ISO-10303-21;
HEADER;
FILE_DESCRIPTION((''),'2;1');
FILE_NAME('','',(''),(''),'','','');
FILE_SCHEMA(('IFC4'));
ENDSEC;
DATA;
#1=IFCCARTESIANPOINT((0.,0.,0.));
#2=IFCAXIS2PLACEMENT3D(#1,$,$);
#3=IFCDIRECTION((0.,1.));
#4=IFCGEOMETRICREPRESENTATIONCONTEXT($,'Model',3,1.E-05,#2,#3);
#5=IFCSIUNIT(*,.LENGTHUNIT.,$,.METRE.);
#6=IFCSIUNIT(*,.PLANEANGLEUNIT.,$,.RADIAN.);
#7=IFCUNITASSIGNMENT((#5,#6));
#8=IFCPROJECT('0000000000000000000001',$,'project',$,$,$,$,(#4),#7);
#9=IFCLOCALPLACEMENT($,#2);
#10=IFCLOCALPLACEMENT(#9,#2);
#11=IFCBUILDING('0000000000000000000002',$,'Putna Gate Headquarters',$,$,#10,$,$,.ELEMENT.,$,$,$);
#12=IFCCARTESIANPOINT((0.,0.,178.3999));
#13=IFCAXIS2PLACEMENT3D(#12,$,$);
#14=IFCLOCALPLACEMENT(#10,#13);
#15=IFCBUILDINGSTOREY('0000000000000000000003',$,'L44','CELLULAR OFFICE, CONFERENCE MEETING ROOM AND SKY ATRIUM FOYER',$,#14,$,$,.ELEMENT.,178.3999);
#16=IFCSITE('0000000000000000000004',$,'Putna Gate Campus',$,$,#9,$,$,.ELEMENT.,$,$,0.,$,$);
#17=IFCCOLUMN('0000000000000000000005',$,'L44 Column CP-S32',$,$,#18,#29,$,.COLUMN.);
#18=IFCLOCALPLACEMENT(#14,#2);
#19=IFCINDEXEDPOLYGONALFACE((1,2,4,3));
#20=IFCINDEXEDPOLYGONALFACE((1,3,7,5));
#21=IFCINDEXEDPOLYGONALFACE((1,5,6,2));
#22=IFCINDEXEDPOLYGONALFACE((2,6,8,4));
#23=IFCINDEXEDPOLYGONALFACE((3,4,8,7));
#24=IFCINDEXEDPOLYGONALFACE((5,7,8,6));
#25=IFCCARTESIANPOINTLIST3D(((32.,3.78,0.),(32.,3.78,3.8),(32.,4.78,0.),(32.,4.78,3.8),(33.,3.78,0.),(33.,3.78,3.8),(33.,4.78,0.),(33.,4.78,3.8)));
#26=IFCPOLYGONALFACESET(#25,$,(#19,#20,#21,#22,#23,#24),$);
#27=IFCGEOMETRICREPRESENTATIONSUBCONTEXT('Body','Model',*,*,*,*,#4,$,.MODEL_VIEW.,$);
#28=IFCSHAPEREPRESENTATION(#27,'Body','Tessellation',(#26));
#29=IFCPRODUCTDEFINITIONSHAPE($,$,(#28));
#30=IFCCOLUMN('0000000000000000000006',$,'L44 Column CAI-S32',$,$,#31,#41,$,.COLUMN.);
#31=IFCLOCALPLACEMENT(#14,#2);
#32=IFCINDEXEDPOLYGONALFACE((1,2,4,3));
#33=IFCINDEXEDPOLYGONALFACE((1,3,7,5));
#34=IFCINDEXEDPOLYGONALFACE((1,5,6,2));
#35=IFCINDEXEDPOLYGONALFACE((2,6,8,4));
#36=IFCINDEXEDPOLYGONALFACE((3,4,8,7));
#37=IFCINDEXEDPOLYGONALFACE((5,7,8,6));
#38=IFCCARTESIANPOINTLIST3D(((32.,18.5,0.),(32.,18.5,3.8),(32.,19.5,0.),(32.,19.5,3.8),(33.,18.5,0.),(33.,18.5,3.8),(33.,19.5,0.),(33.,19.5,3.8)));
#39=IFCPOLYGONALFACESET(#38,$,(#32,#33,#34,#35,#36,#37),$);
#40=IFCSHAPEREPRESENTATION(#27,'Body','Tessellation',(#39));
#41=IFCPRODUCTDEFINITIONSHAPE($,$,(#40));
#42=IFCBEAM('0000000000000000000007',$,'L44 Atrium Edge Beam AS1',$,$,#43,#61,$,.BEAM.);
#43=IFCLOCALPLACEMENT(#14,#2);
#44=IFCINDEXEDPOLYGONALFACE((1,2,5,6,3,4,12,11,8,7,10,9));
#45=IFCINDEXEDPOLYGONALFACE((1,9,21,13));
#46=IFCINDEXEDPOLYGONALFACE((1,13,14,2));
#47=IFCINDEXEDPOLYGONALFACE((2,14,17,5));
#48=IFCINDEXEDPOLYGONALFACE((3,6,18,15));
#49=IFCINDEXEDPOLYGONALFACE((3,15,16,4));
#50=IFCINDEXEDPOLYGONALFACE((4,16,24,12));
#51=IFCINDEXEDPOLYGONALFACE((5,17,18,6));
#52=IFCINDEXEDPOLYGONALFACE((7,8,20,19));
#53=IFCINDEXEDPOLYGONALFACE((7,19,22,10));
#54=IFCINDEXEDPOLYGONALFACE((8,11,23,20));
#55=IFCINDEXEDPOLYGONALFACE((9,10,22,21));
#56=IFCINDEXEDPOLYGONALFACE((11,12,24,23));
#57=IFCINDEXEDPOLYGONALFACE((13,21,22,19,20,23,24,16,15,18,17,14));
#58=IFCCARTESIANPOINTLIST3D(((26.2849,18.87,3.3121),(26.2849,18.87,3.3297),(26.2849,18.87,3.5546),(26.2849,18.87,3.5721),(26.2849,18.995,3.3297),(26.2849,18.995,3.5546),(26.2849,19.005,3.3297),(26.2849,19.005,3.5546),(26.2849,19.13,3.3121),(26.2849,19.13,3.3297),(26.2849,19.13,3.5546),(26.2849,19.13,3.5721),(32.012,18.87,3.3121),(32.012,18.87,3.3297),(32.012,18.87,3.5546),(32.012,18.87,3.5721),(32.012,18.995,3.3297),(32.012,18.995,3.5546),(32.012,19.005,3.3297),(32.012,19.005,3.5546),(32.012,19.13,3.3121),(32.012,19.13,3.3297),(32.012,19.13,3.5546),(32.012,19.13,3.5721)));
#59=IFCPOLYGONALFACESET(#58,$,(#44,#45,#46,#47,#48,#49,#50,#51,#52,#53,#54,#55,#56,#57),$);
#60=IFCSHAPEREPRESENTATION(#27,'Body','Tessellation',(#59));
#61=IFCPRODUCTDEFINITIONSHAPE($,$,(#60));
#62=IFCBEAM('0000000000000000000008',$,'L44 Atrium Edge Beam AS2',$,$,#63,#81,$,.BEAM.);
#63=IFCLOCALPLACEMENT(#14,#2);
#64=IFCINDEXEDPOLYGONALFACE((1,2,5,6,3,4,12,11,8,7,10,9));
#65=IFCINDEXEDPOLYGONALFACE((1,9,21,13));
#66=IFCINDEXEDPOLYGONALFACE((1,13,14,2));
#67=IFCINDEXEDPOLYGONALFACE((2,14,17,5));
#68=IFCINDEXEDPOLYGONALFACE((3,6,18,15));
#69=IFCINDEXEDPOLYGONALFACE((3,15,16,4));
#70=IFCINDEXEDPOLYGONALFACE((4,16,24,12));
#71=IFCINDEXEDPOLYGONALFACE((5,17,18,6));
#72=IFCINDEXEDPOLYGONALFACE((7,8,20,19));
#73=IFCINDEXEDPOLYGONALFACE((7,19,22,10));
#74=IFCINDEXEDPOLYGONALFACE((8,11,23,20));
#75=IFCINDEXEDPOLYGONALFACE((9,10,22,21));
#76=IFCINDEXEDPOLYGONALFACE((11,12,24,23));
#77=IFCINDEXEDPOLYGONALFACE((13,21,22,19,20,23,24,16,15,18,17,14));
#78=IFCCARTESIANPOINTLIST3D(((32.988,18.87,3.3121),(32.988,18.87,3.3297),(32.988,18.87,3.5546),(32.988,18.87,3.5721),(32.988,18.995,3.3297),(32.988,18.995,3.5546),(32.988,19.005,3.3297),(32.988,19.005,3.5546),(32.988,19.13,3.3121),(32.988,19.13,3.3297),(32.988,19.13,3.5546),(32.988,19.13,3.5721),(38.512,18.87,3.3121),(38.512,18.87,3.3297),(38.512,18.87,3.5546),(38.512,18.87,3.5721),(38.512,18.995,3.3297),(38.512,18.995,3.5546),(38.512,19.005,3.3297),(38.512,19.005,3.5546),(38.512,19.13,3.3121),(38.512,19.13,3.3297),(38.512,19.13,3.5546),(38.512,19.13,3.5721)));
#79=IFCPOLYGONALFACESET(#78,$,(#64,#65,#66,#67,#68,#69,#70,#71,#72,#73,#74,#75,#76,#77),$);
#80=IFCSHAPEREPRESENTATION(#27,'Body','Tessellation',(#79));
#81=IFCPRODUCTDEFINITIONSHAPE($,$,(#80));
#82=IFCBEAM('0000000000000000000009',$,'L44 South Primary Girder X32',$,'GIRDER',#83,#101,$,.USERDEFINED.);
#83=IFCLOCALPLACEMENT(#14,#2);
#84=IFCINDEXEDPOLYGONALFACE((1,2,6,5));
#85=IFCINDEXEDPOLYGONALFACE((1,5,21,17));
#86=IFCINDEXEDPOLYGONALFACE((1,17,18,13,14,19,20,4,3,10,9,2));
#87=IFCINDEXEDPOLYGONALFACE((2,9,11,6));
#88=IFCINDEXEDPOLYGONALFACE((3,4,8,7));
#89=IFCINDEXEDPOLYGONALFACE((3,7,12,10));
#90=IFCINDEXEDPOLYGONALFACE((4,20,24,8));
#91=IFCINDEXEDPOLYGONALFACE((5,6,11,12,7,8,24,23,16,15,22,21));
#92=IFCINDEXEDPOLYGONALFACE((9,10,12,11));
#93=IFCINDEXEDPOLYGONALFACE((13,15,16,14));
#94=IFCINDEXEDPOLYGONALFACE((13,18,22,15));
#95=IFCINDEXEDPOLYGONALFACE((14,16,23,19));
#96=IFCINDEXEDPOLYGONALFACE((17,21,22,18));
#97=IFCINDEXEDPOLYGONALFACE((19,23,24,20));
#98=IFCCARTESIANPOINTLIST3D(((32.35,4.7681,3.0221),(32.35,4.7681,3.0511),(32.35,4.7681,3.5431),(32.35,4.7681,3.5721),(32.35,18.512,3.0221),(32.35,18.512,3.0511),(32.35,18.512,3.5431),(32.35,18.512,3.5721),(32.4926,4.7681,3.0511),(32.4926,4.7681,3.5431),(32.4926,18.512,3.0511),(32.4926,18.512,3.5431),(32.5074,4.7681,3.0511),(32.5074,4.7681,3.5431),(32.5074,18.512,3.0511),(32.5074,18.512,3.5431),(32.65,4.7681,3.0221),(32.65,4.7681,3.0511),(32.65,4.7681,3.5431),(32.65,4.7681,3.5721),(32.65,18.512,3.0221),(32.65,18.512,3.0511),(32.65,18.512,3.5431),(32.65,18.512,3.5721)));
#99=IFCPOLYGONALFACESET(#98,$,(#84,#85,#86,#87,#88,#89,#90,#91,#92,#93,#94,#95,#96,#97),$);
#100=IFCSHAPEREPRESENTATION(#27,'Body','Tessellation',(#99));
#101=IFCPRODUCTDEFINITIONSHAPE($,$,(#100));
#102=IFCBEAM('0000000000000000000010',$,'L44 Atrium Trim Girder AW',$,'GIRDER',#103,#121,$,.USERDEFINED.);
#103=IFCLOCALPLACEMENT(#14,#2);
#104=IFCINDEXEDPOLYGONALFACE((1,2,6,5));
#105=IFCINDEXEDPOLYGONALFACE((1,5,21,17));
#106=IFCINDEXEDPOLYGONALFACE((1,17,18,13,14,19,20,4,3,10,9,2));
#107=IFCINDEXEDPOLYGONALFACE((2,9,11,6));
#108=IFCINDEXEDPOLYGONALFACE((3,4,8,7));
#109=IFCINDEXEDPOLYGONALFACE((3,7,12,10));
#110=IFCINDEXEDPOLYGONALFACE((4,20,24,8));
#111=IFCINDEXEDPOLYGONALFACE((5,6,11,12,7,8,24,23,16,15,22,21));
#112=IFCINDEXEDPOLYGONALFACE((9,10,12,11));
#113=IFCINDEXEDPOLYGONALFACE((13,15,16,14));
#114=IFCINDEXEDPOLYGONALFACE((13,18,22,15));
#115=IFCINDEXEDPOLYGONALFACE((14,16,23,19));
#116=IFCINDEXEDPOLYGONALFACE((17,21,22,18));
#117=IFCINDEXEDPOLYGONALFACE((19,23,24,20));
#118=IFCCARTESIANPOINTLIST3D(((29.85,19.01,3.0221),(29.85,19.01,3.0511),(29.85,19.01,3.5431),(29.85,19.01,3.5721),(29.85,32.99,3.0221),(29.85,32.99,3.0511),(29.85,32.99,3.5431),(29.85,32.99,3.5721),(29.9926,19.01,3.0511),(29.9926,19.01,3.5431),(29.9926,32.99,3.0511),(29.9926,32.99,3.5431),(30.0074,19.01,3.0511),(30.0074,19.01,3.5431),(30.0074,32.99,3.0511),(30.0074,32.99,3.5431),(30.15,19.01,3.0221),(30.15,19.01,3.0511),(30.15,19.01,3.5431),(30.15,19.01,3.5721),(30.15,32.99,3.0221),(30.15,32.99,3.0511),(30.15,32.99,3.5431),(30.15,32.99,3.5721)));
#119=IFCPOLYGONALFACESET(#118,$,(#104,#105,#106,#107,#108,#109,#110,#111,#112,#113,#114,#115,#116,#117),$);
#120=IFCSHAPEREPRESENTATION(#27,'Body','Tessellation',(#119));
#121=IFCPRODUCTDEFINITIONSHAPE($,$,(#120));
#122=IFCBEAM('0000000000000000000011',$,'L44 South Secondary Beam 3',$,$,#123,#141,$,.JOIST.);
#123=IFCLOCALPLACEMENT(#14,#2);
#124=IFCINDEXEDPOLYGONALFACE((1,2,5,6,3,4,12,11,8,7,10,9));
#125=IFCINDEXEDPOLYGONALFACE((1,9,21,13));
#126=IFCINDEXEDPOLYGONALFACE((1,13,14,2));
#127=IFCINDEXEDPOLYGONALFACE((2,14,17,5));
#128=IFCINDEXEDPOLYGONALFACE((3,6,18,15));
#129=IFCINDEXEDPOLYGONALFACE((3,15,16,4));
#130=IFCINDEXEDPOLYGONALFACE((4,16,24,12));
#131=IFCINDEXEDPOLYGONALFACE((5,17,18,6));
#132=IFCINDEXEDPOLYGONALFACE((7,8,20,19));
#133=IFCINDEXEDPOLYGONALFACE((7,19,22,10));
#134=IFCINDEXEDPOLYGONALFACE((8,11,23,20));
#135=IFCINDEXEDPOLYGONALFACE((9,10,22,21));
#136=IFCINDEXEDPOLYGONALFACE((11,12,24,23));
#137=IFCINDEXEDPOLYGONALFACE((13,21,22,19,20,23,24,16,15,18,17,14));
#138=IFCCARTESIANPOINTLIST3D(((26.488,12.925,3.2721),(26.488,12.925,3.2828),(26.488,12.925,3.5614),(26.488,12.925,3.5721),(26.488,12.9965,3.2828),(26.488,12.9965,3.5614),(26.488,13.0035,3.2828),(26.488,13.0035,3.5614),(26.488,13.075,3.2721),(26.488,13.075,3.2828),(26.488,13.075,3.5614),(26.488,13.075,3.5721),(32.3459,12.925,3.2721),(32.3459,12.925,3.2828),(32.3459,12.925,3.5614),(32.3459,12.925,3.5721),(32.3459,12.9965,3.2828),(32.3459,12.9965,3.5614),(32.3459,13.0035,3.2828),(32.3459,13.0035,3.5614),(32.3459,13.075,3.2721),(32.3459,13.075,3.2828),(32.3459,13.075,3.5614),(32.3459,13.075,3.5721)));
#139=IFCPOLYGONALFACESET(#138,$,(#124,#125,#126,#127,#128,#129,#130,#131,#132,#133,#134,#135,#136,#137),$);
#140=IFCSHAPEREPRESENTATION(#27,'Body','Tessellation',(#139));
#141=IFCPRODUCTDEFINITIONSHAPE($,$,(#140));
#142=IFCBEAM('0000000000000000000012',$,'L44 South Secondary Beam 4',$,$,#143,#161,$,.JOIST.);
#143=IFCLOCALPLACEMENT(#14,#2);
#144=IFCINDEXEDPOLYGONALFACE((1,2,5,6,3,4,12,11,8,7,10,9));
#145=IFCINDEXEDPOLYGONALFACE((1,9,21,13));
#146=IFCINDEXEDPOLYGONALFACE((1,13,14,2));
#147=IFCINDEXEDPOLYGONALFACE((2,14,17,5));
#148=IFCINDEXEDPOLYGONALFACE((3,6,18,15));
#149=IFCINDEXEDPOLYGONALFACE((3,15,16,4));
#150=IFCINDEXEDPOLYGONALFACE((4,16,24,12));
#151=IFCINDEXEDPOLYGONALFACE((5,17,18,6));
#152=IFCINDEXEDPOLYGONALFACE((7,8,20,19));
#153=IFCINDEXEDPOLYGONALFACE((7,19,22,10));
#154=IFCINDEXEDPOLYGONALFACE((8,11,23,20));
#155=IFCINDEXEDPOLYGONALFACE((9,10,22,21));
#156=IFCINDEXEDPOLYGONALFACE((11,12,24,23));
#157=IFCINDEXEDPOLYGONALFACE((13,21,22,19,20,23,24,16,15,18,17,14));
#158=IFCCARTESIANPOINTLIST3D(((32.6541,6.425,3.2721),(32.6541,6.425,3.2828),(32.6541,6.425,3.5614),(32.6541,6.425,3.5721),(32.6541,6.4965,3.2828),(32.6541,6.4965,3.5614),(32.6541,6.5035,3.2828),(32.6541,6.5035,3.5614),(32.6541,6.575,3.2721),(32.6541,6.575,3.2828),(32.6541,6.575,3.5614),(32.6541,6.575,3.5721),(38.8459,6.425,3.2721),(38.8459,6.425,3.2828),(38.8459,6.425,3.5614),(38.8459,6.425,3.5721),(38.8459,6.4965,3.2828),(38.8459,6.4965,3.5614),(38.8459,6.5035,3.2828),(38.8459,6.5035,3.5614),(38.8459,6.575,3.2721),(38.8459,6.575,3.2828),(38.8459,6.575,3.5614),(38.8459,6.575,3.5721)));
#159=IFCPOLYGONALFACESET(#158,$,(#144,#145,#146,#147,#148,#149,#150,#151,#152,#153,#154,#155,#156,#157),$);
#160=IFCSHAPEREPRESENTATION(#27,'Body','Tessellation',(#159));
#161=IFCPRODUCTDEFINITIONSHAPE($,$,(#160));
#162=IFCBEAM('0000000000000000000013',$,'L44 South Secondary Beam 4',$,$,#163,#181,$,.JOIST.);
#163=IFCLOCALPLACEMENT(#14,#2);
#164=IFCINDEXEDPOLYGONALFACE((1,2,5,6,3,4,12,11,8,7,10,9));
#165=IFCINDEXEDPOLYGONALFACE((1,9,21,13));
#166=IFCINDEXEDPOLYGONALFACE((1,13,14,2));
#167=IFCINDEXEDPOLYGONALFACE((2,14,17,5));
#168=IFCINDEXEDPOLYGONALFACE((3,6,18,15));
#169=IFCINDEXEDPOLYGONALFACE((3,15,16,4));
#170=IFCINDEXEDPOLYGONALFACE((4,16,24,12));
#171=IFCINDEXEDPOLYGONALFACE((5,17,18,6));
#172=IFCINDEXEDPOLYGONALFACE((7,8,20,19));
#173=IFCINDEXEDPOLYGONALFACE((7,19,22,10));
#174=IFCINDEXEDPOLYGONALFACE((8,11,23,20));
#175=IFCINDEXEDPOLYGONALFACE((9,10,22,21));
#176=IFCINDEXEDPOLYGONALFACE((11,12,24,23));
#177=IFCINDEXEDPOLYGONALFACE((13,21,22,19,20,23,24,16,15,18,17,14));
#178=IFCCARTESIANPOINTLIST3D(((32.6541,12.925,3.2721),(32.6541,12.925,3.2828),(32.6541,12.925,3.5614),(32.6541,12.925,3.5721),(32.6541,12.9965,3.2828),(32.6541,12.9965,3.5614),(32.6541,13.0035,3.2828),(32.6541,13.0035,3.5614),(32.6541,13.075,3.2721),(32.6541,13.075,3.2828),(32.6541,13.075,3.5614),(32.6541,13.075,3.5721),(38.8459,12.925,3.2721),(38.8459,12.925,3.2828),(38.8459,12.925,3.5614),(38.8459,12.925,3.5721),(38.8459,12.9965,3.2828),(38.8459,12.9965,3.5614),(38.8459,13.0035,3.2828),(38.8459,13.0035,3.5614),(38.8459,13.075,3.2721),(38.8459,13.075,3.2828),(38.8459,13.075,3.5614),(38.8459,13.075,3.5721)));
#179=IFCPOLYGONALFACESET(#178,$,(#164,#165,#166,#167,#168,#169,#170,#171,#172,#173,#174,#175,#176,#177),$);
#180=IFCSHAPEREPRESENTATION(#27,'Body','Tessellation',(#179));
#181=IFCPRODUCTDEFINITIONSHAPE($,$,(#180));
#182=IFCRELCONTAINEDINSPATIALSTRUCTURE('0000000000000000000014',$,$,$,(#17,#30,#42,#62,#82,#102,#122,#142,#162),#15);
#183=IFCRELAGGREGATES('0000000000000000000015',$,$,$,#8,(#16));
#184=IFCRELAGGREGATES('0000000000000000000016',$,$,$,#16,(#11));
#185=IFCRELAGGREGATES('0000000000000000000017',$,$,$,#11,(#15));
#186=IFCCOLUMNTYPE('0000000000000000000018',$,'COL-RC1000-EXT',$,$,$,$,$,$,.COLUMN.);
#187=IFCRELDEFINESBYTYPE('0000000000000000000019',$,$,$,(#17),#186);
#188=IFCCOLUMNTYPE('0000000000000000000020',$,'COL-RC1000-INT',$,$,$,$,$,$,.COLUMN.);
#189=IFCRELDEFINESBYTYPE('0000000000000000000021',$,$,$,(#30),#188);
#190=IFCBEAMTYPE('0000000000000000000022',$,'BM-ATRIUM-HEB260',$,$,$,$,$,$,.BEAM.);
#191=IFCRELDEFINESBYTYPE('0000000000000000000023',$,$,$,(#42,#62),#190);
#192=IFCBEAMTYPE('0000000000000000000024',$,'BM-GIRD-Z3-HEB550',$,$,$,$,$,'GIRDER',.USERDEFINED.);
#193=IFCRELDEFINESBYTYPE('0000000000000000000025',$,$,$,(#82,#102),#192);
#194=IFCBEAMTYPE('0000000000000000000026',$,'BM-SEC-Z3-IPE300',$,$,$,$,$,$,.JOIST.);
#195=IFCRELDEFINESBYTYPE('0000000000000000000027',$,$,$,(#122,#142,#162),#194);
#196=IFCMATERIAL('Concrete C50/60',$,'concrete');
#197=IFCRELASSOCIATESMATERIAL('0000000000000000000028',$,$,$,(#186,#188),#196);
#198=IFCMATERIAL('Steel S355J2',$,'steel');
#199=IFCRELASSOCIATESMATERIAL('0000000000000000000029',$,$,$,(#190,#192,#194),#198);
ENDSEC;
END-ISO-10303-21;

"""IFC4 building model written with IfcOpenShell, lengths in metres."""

from ifc_helpers import new_model, si_unit, direction, frame, origin, origin_2d, place, context, subcontext, project, spatial, rectangle, i_section, extrude, material, material_profile, profile_set, type_object, element, save


model = new_model("IFC4")

# Units and contexts
model_context = context("Model", 3, precision=1e-05, world=origin(), true_north=direction((0.0, 1.0)))
body_context = subcontext(model_context, "Body", "Model", "MODEL_VIEW")
ifc_project = project(units=[si_unit("LENGTHUNIT", "METRE"), si_unit("PLANEANGLEUNIT", "RADIAN")], contexts=[model_context])

# Site, building, storey
site_placement = place(None, origin())
site = spatial("IfcSite", under=ifc_project, at=site_placement, Name="Putna Gate Campus", CompositionType="ELEMENT", RefElevation=0.0)
building_placement = place(site_placement, origin())
building = spatial("IfcBuilding", under=site, at=building_placement, Name="Putna Gate Headquarters", CompositionType="ELEMENT")
storey_placement = place(building_placement, frame((0.0, 0.0, 178.3999)))
storey = spatial("IfcBuildingStorey", under=building, at=storey_placement, Name="L44", Description="CELLULAR OFFICE, CONFERENCE MEETING ROOM AND SKY ATRIUM FOYER", CompositionType="ELEMENT", Elevation=178.3999)

# Columns
ifc_material_1 = material(Name="Concrete C50/60", Category="concrete")
ifc_material_profile_1 = material_profile(ifc_material_1, rectangle(XDim=1.0, YDim=1.0, at=origin_2d()), Name="Concrete C50/60")
ifc_profile_set_1 = profile_set([ifc_material_profile_1], Name="Concrete C50/60")
column_type_1 = type_object("IfcColumnType", Name="COL-RC1000-EXT", PredefinedType="COLUMN", material=ifc_profile_set_1)
column_1_placement = place(storey_placement, frame((32.5, 4.28, 0.0), z_axis=(0.0, 0.0, 1.0), x_axis=(1.0, 0.0, 0.0)))
element("IfcColumn", 1, at=column_1_placement, inside=storey, type_object=column_type_1, Name="L44 Column CP-S32", PredefinedType="COLUMN", context=body_context, shape_type="SweptSolid", body=[
    extrude(rectangle(XDim=1.0, YDim=1.0, at=origin_2d()), origin(), (0.0, 0.0, 1.0), 3.8),
])
ifc_material_profile_2 = material_profile(ifc_material_1, rectangle(XDim=1.0, YDim=1.0, at=origin_2d()), Name="Concrete C50/60")
ifc_profile_set_2 = profile_set([ifc_material_profile_2], Name="Concrete C50/60")
column_type_2 = type_object("IfcColumnType", Name="COL-RC1000-INT", PredefinedType="COLUMN", material=ifc_profile_set_2)
column_2_placement = place(storey_placement, frame((32.5, 19.0, 0.0), z_axis=(0.0, 0.0, 1.0), x_axis=(1.0, 0.0, 0.0)))
element("IfcColumn", 2, at=column_2_placement, inside=storey, type_object=column_type_2, Name="L44 Column CAI-S32", PredefinedType="COLUMN", context=body_context, shape_type="SweptSolid", body=[
    extrude(rectangle(XDim=1.0, YDim=1.0, at=origin_2d()), origin(), (0.0, 0.0, 1.0), 3.8),
])

# Beams
ifc_material_2 = material(Name="Steel S355J2", Category="steel")
ifc_material_profile_3 = material_profile(ifc_material_2, i_section(OverallWidth=0.26, OverallDepth=0.26, WebThickness=0.01, FlangeThickness=0.0176, at=origin_2d()), Name="Steel S355J2")
ifc_profile_set_3 = profile_set([ifc_material_profile_3], Name="Steel S355J2")
beam_type_1 = type_object("IfcBeamType", Name="BM-ATRIUM-HEB260", PredefinedType="BEAM", material=ifc_profile_set_3)
beam_1_placement = place(storey_placement, frame((26.2849, 19.0, 3.4421), z_axis=(1.0, 0.0, 0.0), x_axis=(0.0, 1.0, 0.0)))
element("IfcBeam", 3, at=beam_1_placement, inside=storey, type_object=beam_type_1, Name="L44 Atrium Edge Beam AS1", PredefinedType="BEAM", context=body_context, shape_type="SweptSolid", body=[
    extrude(i_section(OverallWidth=0.26, OverallDepth=0.26, WebThickness=0.01, FlangeThickness=0.0176, at=origin_2d()), origin(), (0.0, 0.0, 1.0), 5.7271),
])
beam_2_placement = place(storey_placement, frame((32.988, 19.0, 3.4421), z_axis=(1.0, 0.0, 0.0), x_axis=(0.0, 1.0, 0.0)))
element("IfcBeam", 4, at=beam_2_placement, inside=storey, type_object=beam_type_1, Name="L44 Atrium Edge Beam AS2", PredefinedType="BEAM", context=body_context, shape_type="SweptSolid", body=[
    extrude(i_section(OverallWidth=0.26, OverallDepth=0.26, WebThickness=0.01, FlangeThickness=0.0176, at=origin_2d()), origin(), (0.0, 0.0, 1.0), 5.5239),
])
ifc_material_profile_4 = material_profile(ifc_material_2, i_section(OverallWidth=0.3, OverallDepth=0.55, WebThickness=0.0149, FlangeThickness=0.0291, at=origin_2d()), Name="Steel S355J2")
ifc_profile_set_4 = profile_set([ifc_material_profile_4], Name="Steel S355J2")
beam_type_2 = type_object("IfcBeamType", Name="BM-GIRD-Z3-HEB550", ElementType="GIRDER", PredefinedType="USERDEFINED", material=ifc_profile_set_4)
beam_3_placement = place(storey_placement, frame((32.5, 4.7681, 3.2971), z_axis=(0.0, 1.0, 0.0), x_axis=(-1.0, 0.0, 0.0)))
element("IfcBeam", 5, at=beam_3_placement, inside=storey, type_object=beam_type_2, Name="L44 South Primary Girder X32", ObjectType="GIRDER", PredefinedType="USERDEFINED", context=body_context, shape_type="SweptSolid", body=[
    extrude(i_section(OverallWidth=0.3, OverallDepth=0.55, WebThickness=0.0149, FlangeThickness=0.0291, at=origin_2d()), origin(), (0.0, 0.0, 1.0), 13.7439),
])
beam_4_placement = place(storey_placement, frame((30.0, 19.01, 3.2971), z_axis=(0.0, 1.0, 0.0), x_axis=(-1.0, 0.0, 0.0)))
element("IfcBeam", 6, at=beam_4_placement, inside=storey, type_object=beam_type_2, Name="L44 Atrium Trim Girder AW", ObjectType="GIRDER", PredefinedType="USERDEFINED", context=body_context, shape_type="SweptSolid", body=[
    extrude(i_section(OverallWidth=0.3, OverallDepth=0.55, WebThickness=0.0149, FlangeThickness=0.0291, at=origin_2d()), origin(), (0.0, 0.0, 1.0), 13.98),
])
ifc_material_profile_5 = material_profile(ifc_material_2, i_section(OverallWidth=0.1499, OverallDepth=0.3, WebThickness=0.0071, FlangeThickness=0.0107, at=origin_2d()), Name="Steel S355J2")
ifc_profile_set_5 = profile_set([ifc_material_profile_5], Name="Steel S355J2")
beam_type_3 = type_object("IfcBeamType", Name="BM-SEC-Z3-IPE300", PredefinedType="JOIST", material=ifc_profile_set_5)
beam_5_placement = place(storey_placement, frame((26.488, 13.0, 3.4221), z_axis=(1.0, 0.0, 0.0), x_axis=(0.0, 1.0, 0.0)))
element("IfcBeam", 7, at=beam_5_placement, inside=storey, type_object=beam_type_3, Name="L44 South Secondary Beam 3", PredefinedType="JOIST", context=body_context, shape_type="SweptSolid", body=[
    extrude(i_section(OverallWidth=0.1499, OverallDepth=0.3, WebThickness=0.0071, FlangeThickness=0.0107, at=origin_2d()), origin(), (0.0, 0.0, 1.0), 5.8579),
])
for number, where, z_axis, x_axis, name in (
    (8, (32.6541, 6.5, 3.4221), (1.0, 0.0, 0.0), (0.0, 1.0, 0.0), "L44 South Secondary Beam 4"),
    (9, (32.6541, 13.0, 3.4221), (1.0, 0.0, 0.0), (0.0, 1.0, 0.0), "L44 South Secondary Beam 4"),
):
    element("IfcBeam", number, at=place(storey_placement, frame(where, z_axis=z_axis, x_axis=x_axis)), inside=storey, type_object=beam_type_3, Name=name, PredefinedType="JOIST", context=body_context, shape_type="SweptSolid", body=[
        extrude(i_section(OverallWidth=0.1499, OverallDepth=0.3, WebThickness=0.0071, FlangeThickness=0.0107, at=origin_2d()), origin(), (0.0, 0.0, 1.0), 6.1919),
    ])

save(model, "model.ifc")
